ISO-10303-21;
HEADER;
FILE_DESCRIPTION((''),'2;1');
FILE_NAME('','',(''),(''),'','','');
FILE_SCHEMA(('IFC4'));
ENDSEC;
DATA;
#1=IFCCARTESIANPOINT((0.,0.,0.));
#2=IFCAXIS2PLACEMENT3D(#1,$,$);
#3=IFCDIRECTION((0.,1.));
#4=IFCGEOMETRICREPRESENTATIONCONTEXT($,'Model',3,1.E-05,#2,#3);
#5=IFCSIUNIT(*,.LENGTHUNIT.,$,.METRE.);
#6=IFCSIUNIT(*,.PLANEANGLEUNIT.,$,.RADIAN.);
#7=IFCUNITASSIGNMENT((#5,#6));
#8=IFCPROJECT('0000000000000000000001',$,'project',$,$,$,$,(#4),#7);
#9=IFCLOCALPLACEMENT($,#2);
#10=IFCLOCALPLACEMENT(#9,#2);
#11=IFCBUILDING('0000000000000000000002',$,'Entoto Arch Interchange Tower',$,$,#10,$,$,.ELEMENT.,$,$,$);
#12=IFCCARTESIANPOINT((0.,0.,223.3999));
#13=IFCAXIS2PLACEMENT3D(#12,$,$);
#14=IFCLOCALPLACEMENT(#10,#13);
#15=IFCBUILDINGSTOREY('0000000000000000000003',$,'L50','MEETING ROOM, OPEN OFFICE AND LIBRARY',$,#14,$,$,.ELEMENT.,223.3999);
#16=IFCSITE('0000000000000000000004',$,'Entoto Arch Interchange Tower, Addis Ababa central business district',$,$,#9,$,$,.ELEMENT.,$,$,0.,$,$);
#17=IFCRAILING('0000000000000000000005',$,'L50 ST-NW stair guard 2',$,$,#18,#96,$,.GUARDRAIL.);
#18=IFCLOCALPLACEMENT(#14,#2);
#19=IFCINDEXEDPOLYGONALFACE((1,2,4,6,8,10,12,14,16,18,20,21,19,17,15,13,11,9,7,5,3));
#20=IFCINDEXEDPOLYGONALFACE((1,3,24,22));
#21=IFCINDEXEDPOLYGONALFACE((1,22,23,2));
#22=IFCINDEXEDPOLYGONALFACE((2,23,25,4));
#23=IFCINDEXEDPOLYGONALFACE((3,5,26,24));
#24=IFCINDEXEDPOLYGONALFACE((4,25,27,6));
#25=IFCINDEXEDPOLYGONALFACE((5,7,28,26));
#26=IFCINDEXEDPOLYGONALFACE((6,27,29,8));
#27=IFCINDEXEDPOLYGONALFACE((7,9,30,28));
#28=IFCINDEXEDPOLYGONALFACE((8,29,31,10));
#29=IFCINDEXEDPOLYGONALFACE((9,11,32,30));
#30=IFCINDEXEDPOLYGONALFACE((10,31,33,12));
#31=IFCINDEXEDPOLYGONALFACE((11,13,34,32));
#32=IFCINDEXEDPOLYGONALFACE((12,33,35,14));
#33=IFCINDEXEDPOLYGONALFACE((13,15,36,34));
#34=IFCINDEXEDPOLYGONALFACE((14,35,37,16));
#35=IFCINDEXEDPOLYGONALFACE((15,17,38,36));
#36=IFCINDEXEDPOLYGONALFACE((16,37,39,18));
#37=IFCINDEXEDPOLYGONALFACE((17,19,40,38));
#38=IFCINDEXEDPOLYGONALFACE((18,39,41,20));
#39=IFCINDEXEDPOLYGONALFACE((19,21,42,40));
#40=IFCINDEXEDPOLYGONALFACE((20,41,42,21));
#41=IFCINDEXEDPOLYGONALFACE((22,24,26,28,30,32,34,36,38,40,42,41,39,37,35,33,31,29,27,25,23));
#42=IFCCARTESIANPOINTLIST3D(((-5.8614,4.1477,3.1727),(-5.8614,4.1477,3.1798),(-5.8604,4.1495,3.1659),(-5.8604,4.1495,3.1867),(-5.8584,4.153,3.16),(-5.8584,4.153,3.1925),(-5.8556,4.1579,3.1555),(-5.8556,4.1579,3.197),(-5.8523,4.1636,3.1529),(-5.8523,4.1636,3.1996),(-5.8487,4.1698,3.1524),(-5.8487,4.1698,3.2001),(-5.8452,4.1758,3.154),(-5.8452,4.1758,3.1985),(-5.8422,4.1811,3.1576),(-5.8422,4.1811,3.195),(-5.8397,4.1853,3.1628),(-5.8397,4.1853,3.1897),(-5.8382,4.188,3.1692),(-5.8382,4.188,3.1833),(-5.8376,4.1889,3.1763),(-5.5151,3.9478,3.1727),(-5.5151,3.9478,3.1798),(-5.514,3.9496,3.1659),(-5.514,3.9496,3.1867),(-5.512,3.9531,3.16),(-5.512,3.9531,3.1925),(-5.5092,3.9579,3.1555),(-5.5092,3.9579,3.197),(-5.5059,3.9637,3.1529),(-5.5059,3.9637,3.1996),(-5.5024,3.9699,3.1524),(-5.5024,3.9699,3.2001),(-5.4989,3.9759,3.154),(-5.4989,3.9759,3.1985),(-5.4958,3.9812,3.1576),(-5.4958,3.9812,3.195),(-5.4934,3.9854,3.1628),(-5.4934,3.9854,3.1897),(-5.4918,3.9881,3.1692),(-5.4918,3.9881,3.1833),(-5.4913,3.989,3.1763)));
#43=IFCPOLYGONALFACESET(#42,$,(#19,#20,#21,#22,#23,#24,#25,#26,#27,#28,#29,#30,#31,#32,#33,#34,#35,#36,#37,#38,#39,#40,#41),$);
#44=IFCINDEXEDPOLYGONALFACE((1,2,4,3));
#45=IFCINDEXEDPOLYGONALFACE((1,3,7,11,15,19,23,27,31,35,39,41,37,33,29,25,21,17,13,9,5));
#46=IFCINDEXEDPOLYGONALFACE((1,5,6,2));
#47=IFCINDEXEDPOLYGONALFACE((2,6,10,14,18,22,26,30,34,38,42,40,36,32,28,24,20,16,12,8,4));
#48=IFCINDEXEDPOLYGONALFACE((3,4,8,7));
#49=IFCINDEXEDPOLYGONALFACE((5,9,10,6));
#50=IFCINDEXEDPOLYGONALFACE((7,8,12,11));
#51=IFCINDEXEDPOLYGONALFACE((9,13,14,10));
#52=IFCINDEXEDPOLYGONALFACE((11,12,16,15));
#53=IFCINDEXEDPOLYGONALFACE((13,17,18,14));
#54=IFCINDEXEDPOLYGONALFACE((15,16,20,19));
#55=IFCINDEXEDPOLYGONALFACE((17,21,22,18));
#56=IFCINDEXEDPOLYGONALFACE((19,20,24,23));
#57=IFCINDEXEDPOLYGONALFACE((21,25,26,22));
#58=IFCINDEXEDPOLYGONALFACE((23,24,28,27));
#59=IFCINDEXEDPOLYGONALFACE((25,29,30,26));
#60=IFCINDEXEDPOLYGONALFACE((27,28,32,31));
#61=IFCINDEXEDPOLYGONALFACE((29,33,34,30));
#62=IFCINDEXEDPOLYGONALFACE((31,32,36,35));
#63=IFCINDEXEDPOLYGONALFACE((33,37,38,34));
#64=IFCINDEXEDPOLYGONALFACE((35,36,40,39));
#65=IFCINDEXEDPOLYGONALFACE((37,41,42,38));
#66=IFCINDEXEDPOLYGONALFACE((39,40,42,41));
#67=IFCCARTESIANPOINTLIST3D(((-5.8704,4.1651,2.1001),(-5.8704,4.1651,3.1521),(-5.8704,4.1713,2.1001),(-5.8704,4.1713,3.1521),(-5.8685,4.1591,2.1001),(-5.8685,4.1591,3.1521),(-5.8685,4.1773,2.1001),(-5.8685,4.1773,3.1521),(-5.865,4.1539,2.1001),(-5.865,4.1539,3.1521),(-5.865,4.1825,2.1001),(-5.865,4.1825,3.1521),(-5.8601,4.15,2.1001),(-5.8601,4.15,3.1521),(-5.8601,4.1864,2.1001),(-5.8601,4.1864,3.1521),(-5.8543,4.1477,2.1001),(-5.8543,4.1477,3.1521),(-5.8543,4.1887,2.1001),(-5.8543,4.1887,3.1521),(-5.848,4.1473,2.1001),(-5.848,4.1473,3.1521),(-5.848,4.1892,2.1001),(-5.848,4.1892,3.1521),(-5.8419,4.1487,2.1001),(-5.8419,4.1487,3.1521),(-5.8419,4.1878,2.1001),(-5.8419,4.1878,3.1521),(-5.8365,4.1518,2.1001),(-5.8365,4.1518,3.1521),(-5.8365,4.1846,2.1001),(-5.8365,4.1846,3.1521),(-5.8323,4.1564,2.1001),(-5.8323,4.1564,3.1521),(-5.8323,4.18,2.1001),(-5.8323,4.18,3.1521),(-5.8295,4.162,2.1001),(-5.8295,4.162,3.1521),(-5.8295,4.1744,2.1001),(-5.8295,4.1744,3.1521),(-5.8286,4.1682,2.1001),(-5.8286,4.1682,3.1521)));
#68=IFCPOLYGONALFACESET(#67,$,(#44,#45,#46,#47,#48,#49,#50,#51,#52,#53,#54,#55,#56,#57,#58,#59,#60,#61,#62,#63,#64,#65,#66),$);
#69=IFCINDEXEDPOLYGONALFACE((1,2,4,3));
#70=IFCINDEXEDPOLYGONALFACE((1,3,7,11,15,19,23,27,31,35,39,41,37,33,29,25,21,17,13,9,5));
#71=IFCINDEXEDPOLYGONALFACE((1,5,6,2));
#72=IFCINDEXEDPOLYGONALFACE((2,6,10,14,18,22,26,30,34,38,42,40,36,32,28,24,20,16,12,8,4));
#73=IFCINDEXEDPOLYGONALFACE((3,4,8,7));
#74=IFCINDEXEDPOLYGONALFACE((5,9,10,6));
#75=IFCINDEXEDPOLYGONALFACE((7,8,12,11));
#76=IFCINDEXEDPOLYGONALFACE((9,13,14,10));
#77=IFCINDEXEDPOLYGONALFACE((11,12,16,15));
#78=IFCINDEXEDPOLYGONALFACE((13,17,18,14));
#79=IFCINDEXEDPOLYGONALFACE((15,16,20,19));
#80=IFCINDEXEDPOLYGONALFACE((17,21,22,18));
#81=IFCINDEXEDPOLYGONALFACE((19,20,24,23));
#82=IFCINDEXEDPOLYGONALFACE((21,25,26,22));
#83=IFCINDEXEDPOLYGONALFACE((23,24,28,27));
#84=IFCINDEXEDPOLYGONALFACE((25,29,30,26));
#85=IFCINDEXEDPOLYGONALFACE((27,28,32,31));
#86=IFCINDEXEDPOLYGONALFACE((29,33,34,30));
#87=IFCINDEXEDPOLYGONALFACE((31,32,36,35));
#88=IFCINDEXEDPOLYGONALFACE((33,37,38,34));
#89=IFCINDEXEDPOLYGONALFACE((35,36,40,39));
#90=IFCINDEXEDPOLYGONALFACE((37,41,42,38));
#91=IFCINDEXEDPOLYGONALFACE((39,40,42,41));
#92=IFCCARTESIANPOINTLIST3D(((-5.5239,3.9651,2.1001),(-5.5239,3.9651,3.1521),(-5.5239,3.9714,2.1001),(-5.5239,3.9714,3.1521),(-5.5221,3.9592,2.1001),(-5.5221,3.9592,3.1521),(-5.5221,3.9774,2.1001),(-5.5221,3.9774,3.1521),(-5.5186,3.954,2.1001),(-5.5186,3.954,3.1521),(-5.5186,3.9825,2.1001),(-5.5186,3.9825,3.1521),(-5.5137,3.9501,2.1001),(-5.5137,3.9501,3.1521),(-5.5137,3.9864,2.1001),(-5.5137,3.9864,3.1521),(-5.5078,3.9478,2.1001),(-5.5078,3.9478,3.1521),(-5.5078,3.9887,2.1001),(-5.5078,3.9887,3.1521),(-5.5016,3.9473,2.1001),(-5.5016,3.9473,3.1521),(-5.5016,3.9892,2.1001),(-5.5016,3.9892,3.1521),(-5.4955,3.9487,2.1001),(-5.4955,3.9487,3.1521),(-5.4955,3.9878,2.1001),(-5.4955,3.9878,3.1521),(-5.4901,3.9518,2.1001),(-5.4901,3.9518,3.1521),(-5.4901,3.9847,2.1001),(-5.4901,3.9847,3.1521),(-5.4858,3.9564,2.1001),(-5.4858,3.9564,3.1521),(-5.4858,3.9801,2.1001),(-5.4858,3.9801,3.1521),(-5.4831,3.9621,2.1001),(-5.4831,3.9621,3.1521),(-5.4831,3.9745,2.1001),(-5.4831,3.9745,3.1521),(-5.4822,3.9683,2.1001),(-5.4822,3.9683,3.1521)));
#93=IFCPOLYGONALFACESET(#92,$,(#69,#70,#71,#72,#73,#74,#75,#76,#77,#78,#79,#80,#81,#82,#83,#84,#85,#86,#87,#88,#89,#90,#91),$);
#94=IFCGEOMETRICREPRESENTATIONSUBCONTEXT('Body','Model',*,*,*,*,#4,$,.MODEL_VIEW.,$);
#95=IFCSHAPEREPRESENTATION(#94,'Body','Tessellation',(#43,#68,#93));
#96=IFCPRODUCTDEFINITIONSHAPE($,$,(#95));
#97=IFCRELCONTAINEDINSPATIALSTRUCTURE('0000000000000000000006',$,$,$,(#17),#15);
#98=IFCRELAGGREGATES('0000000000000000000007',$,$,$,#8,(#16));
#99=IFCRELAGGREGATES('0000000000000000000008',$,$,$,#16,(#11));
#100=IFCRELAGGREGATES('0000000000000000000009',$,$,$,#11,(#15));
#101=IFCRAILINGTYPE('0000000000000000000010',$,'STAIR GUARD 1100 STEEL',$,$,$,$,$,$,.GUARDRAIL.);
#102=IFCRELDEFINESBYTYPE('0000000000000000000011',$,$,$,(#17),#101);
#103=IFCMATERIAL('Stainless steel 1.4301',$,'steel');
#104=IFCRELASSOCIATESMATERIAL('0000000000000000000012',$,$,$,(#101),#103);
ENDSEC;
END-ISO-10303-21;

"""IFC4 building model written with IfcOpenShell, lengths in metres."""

from ifc_helpers import new_model, si_unit, direction, frame, origin, origin_2d, place, context, subcontext, project, spatial, circle, extrude, material, type_object, element, save


model = new_model("IFC4")

# Units and contexts
model_context = context("Model", 3, precision=1e-05, world=origin(), true_north=direction((0.0, 1.0)))
body_context = subcontext(model_context, "Body", "Model", "MODEL_VIEW")
ifc_project = project(units=[si_unit("LENGTHUNIT", "METRE"), si_unit("PLANEANGLEUNIT", "RADIAN")], contexts=[model_context])

# Site, building, storey
site_placement = place(None, origin())
site = spatial("IfcSite", under=ifc_project, at=site_placement, Name="Entoto Arch Interchange Tower, Addis Ababa central business district", CompositionType="ELEMENT", RefElevation=0.0)
building_placement = place(site_placement, origin())
building = spatial("IfcBuilding", under=site, at=building_placement, Name="Entoto Arch Interchange Tower", CompositionType="ELEMENT")
storey_placement = place(building_placement, frame((0.0, 0.0, 223.3999)))
storey = spatial("IfcBuildingStorey", under=building, at=storey_placement, Name="L50", Description="MEETING ROOM, OPEN OFFICE AND LIBRARY", CompositionType="ELEMENT", Elevation=223.3999)

# Railing
ifc_material_1 = material(Name="Stainless steel 1.4301", Category="steel")
railing_type = type_object("IfcRailingType", Name="STAIR GUARD 1100 STEEL", PredefinedType="GUARDRAIL", material=ifc_material_1)
railing_placement = place(storey_placement, frame((-5.8496, 4.1682, 2.1001)))
element("IfcRailing", 1, at=railing_placement, inside=storey, type_object=railing_type, Name="L50 ST-NW stair guard 2", PredefinedType="GUARDRAIL", context=body_context, shape_type="SweptSolid", body=[
    extrude(circle(Radius=0.0239, at=origin_2d()), frame((0.0, 0.0, 1.0762), z_axis=(0.866094, -0.499881, 0.0), x_axis=(0.499881, 0.866094, 0.0)), (0.0, 0.0, 1.0), 0.3999),
    extrude(circle(Radius=0.021, at=origin_2d()), origin(), (0.0, 0.0, 1.0), 1.052),
    extrude(circle(Radius=0.021, at=origin_2d()), frame((0.3464, -0.2, 0.0)), (0.0, 0.0, 1.0), 1.052),
])

save(model, "model.ifc")
